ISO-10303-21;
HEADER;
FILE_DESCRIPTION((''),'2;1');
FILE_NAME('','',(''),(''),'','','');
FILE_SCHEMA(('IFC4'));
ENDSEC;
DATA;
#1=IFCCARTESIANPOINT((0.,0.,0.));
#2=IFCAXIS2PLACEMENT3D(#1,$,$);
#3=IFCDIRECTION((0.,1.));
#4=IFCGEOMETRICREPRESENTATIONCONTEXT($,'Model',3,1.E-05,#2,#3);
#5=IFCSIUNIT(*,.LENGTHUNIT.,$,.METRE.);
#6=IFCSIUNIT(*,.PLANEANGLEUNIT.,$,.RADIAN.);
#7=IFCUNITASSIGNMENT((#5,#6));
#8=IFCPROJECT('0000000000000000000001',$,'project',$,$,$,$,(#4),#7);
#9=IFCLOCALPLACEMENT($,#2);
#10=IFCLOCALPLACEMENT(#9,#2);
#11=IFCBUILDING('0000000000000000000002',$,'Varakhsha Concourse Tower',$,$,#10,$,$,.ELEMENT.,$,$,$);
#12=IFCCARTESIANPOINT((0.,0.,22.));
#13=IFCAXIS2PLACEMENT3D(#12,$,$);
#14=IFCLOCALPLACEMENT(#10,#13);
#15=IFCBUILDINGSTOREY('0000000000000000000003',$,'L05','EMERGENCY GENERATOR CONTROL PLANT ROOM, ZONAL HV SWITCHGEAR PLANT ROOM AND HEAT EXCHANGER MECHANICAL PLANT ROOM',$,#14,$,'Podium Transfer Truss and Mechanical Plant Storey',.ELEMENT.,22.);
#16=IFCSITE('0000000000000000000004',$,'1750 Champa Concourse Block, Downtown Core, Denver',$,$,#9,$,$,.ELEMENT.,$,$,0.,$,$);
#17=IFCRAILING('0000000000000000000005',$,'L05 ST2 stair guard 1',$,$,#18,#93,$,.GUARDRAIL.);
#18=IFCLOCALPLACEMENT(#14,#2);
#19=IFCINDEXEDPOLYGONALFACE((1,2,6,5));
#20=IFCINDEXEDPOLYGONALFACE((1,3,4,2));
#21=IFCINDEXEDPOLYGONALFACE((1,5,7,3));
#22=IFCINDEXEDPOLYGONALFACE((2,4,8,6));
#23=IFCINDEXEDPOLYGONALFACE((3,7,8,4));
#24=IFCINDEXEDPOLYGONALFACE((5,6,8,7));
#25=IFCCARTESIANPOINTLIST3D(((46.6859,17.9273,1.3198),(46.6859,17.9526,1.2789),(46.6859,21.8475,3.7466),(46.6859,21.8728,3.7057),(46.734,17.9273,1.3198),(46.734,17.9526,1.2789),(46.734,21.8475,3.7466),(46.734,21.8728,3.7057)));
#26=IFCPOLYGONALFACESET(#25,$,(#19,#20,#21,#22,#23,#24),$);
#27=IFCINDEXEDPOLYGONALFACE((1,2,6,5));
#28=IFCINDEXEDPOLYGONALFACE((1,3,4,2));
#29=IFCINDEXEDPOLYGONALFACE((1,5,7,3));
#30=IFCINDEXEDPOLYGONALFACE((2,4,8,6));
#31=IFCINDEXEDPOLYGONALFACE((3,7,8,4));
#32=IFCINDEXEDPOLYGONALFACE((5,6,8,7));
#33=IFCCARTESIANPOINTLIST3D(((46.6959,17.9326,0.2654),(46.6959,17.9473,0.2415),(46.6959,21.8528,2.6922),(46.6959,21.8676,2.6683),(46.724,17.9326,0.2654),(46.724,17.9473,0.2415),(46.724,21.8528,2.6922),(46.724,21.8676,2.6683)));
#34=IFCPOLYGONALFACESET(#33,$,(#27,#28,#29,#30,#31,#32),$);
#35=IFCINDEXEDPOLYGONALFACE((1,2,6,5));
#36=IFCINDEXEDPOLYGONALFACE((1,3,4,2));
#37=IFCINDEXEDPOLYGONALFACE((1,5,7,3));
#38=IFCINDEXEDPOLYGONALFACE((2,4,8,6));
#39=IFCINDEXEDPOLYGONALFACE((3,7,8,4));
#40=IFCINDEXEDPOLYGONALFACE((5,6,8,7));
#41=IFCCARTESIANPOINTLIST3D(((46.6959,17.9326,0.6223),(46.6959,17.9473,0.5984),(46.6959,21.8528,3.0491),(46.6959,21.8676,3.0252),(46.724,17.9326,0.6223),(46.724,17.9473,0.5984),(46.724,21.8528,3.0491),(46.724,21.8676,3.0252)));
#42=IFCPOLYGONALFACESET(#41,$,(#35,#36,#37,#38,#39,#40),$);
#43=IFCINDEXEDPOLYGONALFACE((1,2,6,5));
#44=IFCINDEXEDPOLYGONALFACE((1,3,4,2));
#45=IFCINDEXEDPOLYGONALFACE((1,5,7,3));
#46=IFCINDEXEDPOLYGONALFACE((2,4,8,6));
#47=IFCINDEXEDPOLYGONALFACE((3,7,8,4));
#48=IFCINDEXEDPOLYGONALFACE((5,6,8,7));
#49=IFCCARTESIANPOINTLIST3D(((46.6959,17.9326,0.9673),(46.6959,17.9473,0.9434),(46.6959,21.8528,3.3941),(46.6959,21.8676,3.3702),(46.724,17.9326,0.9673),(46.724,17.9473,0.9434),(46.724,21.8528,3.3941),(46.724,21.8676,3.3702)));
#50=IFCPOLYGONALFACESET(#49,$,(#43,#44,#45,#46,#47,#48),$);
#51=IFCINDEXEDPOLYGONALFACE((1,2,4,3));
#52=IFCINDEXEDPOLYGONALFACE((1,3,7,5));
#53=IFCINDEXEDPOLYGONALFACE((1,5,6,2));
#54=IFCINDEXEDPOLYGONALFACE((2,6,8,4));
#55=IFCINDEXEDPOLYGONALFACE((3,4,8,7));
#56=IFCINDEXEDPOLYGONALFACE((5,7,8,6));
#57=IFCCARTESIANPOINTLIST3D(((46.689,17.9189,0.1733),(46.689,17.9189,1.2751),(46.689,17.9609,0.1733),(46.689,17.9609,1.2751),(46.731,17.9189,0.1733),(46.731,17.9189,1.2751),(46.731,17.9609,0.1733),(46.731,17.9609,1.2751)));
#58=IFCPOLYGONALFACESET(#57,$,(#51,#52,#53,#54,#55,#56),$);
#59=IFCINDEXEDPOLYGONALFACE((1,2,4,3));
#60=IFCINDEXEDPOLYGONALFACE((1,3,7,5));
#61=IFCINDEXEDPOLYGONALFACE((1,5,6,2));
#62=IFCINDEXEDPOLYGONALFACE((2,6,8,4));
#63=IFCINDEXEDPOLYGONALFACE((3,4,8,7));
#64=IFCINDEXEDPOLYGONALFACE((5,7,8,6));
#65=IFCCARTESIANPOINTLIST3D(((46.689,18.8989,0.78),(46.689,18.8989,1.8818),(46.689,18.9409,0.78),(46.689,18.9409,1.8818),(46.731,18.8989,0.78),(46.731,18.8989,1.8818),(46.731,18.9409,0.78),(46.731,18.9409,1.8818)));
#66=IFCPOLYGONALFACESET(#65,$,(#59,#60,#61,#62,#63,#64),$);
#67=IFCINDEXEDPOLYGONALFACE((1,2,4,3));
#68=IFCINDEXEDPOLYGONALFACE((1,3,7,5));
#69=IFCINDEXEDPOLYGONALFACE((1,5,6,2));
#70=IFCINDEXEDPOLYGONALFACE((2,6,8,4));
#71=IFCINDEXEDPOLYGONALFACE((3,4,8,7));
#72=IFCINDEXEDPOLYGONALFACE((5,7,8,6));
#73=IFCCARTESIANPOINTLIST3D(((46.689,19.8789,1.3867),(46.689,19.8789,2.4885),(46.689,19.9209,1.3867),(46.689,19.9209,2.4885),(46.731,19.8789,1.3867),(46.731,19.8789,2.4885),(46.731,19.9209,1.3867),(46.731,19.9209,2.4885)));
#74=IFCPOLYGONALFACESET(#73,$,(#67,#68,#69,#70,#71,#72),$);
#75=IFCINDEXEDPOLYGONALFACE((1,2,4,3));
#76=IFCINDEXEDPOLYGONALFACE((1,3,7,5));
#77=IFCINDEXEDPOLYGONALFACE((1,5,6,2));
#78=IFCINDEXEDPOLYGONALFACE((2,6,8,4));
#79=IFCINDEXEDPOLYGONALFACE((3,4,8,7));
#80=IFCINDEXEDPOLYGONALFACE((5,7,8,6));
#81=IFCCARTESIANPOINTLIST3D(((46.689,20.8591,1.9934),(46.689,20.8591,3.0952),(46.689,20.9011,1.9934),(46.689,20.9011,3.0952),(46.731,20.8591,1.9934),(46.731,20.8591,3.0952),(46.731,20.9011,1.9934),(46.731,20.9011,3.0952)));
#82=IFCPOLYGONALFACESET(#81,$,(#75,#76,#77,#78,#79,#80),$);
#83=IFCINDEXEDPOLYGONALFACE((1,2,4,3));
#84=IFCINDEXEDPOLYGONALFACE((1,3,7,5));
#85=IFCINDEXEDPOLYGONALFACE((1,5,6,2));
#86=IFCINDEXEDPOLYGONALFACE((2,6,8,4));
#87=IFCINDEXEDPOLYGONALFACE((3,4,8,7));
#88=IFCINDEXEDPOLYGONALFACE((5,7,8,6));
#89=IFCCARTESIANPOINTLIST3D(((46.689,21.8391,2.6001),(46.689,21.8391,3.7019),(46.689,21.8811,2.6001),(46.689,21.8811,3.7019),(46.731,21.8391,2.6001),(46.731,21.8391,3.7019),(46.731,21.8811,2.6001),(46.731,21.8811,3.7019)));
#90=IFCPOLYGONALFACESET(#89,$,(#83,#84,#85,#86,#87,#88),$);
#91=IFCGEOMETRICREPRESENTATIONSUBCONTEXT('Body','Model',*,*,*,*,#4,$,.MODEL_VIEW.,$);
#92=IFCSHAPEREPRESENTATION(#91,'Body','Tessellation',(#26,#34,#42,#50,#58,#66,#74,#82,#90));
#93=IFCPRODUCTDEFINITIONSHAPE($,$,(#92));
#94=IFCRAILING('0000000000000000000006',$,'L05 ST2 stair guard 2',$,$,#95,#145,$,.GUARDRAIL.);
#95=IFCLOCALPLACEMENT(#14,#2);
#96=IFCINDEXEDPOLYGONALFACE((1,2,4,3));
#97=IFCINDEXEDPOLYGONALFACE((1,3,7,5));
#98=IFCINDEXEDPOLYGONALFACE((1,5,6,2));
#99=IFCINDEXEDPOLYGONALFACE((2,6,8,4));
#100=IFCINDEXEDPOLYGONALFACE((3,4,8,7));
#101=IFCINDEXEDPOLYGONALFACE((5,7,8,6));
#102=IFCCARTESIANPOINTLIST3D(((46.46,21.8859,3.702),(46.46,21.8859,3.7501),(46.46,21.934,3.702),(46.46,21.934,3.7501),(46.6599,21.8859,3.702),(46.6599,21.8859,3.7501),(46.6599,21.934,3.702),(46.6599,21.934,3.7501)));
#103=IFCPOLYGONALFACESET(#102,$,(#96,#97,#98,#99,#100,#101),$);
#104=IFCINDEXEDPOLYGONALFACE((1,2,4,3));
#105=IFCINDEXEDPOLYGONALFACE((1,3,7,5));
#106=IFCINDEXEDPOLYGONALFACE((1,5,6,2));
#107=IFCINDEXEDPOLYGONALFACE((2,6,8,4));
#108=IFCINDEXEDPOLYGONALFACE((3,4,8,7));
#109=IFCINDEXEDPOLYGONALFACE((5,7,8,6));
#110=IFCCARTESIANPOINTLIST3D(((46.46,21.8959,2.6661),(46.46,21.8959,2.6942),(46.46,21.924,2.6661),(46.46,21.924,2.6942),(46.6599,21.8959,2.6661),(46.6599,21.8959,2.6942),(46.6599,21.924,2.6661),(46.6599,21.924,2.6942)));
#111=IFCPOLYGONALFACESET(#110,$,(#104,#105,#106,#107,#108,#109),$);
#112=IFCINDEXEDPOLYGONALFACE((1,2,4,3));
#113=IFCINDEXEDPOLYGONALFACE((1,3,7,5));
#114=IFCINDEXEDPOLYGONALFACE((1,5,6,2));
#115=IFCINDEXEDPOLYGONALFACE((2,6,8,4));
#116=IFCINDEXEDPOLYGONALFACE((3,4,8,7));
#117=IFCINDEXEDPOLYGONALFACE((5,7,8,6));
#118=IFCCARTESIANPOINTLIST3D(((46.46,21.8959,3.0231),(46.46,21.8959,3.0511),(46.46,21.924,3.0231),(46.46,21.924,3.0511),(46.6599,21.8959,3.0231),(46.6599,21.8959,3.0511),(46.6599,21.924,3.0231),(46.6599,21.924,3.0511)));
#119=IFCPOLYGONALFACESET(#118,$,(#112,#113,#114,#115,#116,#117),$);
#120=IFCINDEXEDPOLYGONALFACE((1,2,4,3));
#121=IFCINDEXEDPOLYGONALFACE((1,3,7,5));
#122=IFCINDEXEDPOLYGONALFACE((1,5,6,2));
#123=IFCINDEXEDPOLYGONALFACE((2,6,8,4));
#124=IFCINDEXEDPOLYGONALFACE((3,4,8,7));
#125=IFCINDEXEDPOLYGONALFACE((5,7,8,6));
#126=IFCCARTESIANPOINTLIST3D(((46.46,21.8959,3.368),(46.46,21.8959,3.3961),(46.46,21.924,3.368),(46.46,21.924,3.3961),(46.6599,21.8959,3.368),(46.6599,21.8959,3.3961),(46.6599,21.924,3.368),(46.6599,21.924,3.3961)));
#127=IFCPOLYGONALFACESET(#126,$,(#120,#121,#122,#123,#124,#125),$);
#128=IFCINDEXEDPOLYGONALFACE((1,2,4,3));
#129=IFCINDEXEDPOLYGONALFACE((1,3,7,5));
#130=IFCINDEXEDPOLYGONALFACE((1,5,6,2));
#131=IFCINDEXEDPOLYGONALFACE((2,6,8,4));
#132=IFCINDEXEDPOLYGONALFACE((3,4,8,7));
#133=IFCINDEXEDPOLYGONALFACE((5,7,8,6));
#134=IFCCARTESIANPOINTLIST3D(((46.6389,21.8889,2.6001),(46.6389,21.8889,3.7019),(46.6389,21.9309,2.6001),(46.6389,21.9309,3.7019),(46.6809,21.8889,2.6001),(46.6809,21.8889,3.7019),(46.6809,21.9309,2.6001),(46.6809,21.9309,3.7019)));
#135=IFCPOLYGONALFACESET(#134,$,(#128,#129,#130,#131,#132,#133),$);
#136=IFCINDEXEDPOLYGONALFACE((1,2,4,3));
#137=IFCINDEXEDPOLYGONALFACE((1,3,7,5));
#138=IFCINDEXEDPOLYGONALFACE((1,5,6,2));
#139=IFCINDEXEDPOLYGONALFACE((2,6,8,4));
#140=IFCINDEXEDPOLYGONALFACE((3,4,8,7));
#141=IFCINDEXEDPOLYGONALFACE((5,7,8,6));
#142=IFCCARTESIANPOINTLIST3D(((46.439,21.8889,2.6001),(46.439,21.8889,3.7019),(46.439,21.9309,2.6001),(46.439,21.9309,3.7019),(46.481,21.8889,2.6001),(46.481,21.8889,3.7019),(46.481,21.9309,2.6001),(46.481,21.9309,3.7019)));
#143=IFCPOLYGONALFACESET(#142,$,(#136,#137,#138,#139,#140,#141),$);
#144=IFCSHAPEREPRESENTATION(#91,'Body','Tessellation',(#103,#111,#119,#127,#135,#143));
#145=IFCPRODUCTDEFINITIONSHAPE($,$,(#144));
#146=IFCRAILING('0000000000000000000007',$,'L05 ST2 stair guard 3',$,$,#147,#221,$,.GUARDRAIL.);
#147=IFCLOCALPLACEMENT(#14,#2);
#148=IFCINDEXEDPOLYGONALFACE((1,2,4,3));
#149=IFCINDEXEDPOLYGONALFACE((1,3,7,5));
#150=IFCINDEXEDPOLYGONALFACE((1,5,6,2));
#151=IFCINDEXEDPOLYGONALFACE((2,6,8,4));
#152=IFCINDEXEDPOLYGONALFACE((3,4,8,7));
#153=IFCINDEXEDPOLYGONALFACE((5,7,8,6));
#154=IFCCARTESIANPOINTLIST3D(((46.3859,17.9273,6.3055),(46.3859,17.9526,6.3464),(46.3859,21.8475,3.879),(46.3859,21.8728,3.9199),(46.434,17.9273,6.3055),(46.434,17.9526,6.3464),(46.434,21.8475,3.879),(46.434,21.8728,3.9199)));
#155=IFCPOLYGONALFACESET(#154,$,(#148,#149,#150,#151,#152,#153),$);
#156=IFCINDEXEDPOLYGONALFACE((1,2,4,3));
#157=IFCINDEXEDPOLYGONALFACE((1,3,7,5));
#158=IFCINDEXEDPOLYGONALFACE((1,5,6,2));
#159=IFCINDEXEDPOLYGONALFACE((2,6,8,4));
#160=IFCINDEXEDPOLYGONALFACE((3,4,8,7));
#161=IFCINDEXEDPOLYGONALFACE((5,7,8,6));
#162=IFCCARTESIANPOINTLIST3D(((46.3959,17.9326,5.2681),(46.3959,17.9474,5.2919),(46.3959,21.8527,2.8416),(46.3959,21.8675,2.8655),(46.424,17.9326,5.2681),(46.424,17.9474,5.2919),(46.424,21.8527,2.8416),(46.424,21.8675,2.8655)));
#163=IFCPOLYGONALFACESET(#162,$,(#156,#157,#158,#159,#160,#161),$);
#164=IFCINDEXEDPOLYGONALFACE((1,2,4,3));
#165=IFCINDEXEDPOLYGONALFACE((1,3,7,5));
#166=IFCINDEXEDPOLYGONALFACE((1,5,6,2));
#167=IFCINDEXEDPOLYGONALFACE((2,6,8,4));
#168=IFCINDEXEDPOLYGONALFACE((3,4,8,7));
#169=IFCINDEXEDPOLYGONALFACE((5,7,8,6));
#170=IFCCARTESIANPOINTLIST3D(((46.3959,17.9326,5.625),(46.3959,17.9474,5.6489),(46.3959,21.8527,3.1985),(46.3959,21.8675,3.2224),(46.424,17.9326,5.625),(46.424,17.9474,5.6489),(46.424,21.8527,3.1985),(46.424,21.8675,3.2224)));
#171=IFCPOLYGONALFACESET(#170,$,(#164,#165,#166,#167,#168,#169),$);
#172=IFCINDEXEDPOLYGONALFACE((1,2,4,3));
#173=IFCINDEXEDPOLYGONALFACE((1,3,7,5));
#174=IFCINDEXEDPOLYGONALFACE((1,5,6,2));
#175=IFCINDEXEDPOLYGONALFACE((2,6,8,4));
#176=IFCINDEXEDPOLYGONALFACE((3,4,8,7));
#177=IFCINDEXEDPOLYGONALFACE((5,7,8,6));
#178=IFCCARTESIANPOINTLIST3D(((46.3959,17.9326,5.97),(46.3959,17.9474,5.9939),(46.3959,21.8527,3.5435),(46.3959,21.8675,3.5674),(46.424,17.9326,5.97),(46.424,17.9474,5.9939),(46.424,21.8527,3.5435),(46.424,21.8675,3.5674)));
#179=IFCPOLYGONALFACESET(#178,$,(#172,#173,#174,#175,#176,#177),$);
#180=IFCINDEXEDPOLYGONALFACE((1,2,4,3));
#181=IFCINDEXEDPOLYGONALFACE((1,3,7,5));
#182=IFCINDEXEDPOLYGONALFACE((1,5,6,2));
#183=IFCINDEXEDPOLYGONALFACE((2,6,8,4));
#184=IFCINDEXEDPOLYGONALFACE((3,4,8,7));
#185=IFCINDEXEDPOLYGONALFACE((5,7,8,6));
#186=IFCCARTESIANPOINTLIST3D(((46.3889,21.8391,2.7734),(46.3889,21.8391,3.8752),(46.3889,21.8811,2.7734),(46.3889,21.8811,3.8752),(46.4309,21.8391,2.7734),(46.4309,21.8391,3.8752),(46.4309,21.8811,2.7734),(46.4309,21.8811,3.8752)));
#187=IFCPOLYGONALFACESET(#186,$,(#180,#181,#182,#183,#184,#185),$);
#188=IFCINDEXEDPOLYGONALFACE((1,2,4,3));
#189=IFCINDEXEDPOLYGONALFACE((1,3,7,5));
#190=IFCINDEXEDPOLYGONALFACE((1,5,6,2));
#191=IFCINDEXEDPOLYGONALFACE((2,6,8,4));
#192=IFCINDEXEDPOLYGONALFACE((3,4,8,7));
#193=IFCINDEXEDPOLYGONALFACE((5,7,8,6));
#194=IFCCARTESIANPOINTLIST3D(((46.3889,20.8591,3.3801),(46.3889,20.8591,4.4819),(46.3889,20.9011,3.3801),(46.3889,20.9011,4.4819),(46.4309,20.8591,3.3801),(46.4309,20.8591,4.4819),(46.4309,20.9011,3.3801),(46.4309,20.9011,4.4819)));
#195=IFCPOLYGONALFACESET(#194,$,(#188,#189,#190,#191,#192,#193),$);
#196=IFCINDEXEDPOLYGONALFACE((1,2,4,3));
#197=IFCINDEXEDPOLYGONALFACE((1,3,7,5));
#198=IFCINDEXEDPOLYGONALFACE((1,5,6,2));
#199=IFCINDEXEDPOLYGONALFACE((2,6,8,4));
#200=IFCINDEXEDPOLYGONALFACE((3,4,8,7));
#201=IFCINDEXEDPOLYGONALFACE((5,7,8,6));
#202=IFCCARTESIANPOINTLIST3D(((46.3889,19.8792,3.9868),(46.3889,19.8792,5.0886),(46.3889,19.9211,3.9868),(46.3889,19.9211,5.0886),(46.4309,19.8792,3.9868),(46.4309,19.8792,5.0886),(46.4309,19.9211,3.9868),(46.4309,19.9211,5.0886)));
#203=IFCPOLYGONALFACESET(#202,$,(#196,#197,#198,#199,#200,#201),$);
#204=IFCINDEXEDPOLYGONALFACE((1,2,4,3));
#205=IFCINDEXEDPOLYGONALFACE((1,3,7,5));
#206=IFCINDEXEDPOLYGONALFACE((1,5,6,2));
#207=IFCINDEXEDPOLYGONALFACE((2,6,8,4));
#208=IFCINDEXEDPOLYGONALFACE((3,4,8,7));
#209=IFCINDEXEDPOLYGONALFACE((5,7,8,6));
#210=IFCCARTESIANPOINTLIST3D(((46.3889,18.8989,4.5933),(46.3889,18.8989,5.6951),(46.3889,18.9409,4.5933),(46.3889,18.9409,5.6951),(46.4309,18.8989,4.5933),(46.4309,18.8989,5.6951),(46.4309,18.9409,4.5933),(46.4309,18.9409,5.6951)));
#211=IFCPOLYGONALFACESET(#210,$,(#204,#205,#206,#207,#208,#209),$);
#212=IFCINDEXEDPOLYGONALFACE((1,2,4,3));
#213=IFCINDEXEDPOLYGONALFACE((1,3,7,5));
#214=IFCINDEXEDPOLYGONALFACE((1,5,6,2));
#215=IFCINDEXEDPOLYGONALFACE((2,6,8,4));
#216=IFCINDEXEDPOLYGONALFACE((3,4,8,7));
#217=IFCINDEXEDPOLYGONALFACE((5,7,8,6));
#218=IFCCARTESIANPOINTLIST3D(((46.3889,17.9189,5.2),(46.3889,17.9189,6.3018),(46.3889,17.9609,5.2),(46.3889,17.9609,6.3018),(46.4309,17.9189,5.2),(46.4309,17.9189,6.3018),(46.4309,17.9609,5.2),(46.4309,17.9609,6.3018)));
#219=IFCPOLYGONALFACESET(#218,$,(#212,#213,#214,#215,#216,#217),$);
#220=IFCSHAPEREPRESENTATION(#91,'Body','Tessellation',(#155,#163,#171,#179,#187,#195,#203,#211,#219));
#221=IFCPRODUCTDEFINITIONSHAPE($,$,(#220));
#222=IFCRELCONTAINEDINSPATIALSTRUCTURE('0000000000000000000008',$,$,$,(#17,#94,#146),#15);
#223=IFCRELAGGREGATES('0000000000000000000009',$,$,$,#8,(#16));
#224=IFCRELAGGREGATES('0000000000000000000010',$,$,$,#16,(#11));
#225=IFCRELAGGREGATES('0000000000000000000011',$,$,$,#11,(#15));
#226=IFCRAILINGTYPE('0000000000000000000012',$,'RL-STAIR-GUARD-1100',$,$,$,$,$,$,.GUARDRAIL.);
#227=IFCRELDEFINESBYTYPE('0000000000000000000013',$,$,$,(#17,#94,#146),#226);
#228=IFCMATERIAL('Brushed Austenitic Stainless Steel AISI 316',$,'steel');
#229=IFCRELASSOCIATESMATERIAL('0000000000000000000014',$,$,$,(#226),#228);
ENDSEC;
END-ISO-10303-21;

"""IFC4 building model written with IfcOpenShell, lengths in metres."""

from ifc_helpers import new_model, si_unit, direction, frame, origin, origin_2d, place, context, subcontext, project, spatial, rectangle, extrude, material, type_object, element, save


model = new_model("IFC4")

# Units and contexts
model_context = context("Model", 3, precision=1e-05, world=origin(), true_north=direction((0.0, 1.0)))
body_context = subcontext(model_context, "Body", "Model", "MODEL_VIEW")
ifc_project = project(units=[si_unit("LENGTHUNIT", "METRE"), si_unit("PLANEANGLEUNIT", "RADIAN")], contexts=[model_context])

# Site, building, storey
site_placement = place(None, origin())
site = spatial("IfcSite", under=ifc_project, at=site_placement, Name="1750 Champa Concourse Block, Downtown Core, Denver", CompositionType="ELEMENT", RefElevation=0.0)
building_placement = place(site_placement, origin())
building = spatial("IfcBuilding", under=site, at=building_placement, Name="Varakhsha Concourse Tower", CompositionType="ELEMENT")
storey_placement = place(building_placement, frame((0.0, 0.0, 22.0)))
storey = spatial("IfcBuildingStorey", under=building, at=storey_placement, Name="L05", Description="EMERGENCY GENERATOR CONTROL PLANT ROOM, ZONAL HV SWITCHGEAR PLANT ROOM AND HEAT EXCHANGER MECHANICAL PLANT ROOM", LongName="Podium Transfer Truss and Mechanical Plant Storey", CompositionType="ELEMENT", Elevation=22.0)

# Railings
ifc_material_1 = material(Name="Brushed Austenitic Stainless Steel AISI 316", Category="steel")
railing_type_1 = type_object("IfcRailingType", Name="RL-STAIR-GUARD-1100", PredefinedType="GUARDRAIL", material=ifc_material_1)
railing_1_placement = place(storey_placement, frame((46.71, 17.9399, 0.1733)))
element("IfcRailing", 1, at=railing_1_placement, inside=storey, type_object=railing_type_1, Name="L05 ST2 stair guard 1", PredefinedType="GUARDRAIL", context=body_context, shape_type="SweptSolid", body=[
    extrude(rectangle(XDim=0.0481, YDim=0.0481, at=origin_2d()), frame((0.0, 0.0, 1.126), z_axis=(0.0, 0.850266, 0.526353), x_axis=(-1.0, 0.0, 0.0)), (0.0, 0.0, 1.0), 4.6106),
    extrude(rectangle(XDim=0.0281, YDim=0.0281, at=origin_2d()), frame((0.0, 0.0, 0.0801), z_axis=(0.0, 0.850266, 0.526353), x_axis=(-1.0, 0.0, 0.0)), (0.0, 0.0, 1.0), 4.6106),
    extrude(rectangle(XDim=0.0281, YDim=0.0281, at=origin_2d()), frame((0.0, 0.0, 0.437), z_axis=(0.0, 0.850266, 0.526353), x_axis=(-1.0, 0.0, 0.0)), (0.0, 0.0, 1.0), 4.6106),
    extrude(rectangle(XDim=0.0281, YDim=0.0281, at=origin_2d()), frame((0.0, 0.0, 0.782), z_axis=(0.0, 0.850266, 0.526353), x_axis=(-1.0, 0.0, 0.0)), (0.0, 0.0, 1.0), 4.6106),
    extrude(rectangle(XDim=0.042, YDim=0.042, at=origin_2d()), origin(), (0.0, 0.0, 1.0), 1.1018),
    extrude(rectangle(XDim=0.042, YDim=0.042, at=origin_2d()), frame((0.0, 0.98, 0.6067)), (0.0, 0.0, 1.0), 1.1018),
    extrude(rectangle(XDim=0.042, YDim=0.042, at=origin_2d()), frame((0.0, 1.96, 1.2134)), (0.0, 0.0, 1.0), 1.1018),
    extrude(rectangle(XDim=0.042, YDim=0.042, at=origin_2d()), frame((0.0, 2.9402, 1.8201)), (0.0, 0.0, 1.0), 1.1018),
    extrude(rectangle(XDim=0.042, YDim=0.042, at=origin_2d()), frame((0.0, 3.9202, 2.4268)), (0.0, 0.0, 1.0), 1.1018),
])
railing_2_placement = place(storey_placement, frame((46.6599, 21.9099, 2.6001)))
element("IfcRailing", 2, at=railing_2_placement, inside=storey, type_object=railing_type_1, Name="L05 ST2 stair guard 2", PredefinedType="GUARDRAIL", context=body_context, shape_type="SweptSolid", body=[
    extrude(rectangle(XDim=0.0481, YDim=0.0481, at=origin_2d()), frame((0.0, 0.0, 1.126), z_axis=(-1.0, 0.0, 0.0), x_axis=(0.0, -1.0, 0.0)), (0.0, 0.0, 1.0), 0.2),
    extrude(rectangle(XDim=0.0281, YDim=0.0281, at=origin_2d()), frame((0.0, 0.0, 0.0801), z_axis=(-1.0, 0.0, 0.0), x_axis=(0.0, -1.0, 0.0)), (0.0, 0.0, 1.0), 0.2),
    extrude(rectangle(XDim=0.0281, YDim=0.0281, at=origin_2d()), frame((0.0, 0.0, 0.437), z_axis=(-1.0, 0.0, 0.0), x_axis=(0.0, -1.0, 0.0)), (0.0, 0.0, 1.0), 0.2),
    extrude(rectangle(XDim=0.0281, YDim=0.0281, at=origin_2d()), frame((0.0, 0.0, 0.782), z_axis=(-1.0, 0.0, 0.0), x_axis=(0.0, -1.0, 0.0)), (0.0, 0.0, 1.0), 0.2),
    extrude(rectangle(XDim=0.042, YDim=0.042, at=origin_2d()), origin(), (0.0, 0.0, 1.0), 1.1018),
    extrude(rectangle(XDim=0.042, YDim=0.042, at=origin_2d()), frame((-0.2, 0.0, 0.0)), (0.0, 0.0, 1.0), 1.1018),
])
railing_3_placement = place(storey_placement, frame((46.4099, 21.8601, 2.7734)))
element("IfcRailing", 3, at=railing_3_placement, inside=storey, type_object=railing_type_1, Name="L05 ST2 stair guard 3", PredefinedType="GUARDRAIL", context=body_context, shape_type="SweptSolid", body=[
    extrude(rectangle(XDim=0.0481, YDim=0.0481, at=origin_2d()), frame((0.0, 0.0, 1.126), z_axis=(0.0, -0.85029, 0.526315), x_axis=(1.0, 0.0, 0.0)), (0.0, 0.0, 1.0), 4.6104),
    extrude(rectangle(XDim=0.0281, YDim=0.0281, at=origin_2d()), frame((0.0, 0.0, 0.0801), z_axis=(0.0, -0.85029, 0.526315), x_axis=(1.0, 0.0, 0.0)), (0.0, 0.0, 1.0), 4.6104),
    extrude(rectangle(XDim=0.0281, YDim=0.0281, at=origin_2d()), frame((0.0, 0.0, 0.437), z_axis=(0.0, -0.85029, 0.526315), x_axis=(1.0, 0.0, 0.0)), (0.0, 0.0, 1.0), 4.6104),
    extrude(rectangle(XDim=0.0281, YDim=0.0281, at=origin_2d()), frame((0.0, 0.0, 0.782), z_axis=(0.0, -0.85029, 0.526315), x_axis=(1.0, 0.0, 0.0)), (0.0, 0.0, 1.0), 4.6104),
    extrude(rectangle(XDim=0.042, YDim=0.042, at=origin_2d()), origin(), (0.0, 0.0, 1.0), 1.1018),
    extrude(rectangle(XDim=0.042, YDim=0.042, at=origin_2d()), frame((0.0, -0.98, 0.6067)), (0.0, 0.0, 1.0), 1.1018),
    extrude(rectangle(XDim=0.042, YDim=0.042, at=origin_2d()), frame((0.0, -1.96, 1.2134)), (0.0, 0.0, 1.0), 1.1018),
    extrude(rectangle(XDim=0.042, YDim=0.042, at=origin_2d()), frame((0.0, -2.9402, 1.8198)), (0.0, 0.0, 1.0), 1.1018),
    extrude(rectangle(XDim=0.042, YDim=0.042, at=origin_2d()), frame((0.0, -3.9202, 2.4265)), (0.0, 0.0, 1.0), 1.1018),
])

save(model, "model.ifc")
